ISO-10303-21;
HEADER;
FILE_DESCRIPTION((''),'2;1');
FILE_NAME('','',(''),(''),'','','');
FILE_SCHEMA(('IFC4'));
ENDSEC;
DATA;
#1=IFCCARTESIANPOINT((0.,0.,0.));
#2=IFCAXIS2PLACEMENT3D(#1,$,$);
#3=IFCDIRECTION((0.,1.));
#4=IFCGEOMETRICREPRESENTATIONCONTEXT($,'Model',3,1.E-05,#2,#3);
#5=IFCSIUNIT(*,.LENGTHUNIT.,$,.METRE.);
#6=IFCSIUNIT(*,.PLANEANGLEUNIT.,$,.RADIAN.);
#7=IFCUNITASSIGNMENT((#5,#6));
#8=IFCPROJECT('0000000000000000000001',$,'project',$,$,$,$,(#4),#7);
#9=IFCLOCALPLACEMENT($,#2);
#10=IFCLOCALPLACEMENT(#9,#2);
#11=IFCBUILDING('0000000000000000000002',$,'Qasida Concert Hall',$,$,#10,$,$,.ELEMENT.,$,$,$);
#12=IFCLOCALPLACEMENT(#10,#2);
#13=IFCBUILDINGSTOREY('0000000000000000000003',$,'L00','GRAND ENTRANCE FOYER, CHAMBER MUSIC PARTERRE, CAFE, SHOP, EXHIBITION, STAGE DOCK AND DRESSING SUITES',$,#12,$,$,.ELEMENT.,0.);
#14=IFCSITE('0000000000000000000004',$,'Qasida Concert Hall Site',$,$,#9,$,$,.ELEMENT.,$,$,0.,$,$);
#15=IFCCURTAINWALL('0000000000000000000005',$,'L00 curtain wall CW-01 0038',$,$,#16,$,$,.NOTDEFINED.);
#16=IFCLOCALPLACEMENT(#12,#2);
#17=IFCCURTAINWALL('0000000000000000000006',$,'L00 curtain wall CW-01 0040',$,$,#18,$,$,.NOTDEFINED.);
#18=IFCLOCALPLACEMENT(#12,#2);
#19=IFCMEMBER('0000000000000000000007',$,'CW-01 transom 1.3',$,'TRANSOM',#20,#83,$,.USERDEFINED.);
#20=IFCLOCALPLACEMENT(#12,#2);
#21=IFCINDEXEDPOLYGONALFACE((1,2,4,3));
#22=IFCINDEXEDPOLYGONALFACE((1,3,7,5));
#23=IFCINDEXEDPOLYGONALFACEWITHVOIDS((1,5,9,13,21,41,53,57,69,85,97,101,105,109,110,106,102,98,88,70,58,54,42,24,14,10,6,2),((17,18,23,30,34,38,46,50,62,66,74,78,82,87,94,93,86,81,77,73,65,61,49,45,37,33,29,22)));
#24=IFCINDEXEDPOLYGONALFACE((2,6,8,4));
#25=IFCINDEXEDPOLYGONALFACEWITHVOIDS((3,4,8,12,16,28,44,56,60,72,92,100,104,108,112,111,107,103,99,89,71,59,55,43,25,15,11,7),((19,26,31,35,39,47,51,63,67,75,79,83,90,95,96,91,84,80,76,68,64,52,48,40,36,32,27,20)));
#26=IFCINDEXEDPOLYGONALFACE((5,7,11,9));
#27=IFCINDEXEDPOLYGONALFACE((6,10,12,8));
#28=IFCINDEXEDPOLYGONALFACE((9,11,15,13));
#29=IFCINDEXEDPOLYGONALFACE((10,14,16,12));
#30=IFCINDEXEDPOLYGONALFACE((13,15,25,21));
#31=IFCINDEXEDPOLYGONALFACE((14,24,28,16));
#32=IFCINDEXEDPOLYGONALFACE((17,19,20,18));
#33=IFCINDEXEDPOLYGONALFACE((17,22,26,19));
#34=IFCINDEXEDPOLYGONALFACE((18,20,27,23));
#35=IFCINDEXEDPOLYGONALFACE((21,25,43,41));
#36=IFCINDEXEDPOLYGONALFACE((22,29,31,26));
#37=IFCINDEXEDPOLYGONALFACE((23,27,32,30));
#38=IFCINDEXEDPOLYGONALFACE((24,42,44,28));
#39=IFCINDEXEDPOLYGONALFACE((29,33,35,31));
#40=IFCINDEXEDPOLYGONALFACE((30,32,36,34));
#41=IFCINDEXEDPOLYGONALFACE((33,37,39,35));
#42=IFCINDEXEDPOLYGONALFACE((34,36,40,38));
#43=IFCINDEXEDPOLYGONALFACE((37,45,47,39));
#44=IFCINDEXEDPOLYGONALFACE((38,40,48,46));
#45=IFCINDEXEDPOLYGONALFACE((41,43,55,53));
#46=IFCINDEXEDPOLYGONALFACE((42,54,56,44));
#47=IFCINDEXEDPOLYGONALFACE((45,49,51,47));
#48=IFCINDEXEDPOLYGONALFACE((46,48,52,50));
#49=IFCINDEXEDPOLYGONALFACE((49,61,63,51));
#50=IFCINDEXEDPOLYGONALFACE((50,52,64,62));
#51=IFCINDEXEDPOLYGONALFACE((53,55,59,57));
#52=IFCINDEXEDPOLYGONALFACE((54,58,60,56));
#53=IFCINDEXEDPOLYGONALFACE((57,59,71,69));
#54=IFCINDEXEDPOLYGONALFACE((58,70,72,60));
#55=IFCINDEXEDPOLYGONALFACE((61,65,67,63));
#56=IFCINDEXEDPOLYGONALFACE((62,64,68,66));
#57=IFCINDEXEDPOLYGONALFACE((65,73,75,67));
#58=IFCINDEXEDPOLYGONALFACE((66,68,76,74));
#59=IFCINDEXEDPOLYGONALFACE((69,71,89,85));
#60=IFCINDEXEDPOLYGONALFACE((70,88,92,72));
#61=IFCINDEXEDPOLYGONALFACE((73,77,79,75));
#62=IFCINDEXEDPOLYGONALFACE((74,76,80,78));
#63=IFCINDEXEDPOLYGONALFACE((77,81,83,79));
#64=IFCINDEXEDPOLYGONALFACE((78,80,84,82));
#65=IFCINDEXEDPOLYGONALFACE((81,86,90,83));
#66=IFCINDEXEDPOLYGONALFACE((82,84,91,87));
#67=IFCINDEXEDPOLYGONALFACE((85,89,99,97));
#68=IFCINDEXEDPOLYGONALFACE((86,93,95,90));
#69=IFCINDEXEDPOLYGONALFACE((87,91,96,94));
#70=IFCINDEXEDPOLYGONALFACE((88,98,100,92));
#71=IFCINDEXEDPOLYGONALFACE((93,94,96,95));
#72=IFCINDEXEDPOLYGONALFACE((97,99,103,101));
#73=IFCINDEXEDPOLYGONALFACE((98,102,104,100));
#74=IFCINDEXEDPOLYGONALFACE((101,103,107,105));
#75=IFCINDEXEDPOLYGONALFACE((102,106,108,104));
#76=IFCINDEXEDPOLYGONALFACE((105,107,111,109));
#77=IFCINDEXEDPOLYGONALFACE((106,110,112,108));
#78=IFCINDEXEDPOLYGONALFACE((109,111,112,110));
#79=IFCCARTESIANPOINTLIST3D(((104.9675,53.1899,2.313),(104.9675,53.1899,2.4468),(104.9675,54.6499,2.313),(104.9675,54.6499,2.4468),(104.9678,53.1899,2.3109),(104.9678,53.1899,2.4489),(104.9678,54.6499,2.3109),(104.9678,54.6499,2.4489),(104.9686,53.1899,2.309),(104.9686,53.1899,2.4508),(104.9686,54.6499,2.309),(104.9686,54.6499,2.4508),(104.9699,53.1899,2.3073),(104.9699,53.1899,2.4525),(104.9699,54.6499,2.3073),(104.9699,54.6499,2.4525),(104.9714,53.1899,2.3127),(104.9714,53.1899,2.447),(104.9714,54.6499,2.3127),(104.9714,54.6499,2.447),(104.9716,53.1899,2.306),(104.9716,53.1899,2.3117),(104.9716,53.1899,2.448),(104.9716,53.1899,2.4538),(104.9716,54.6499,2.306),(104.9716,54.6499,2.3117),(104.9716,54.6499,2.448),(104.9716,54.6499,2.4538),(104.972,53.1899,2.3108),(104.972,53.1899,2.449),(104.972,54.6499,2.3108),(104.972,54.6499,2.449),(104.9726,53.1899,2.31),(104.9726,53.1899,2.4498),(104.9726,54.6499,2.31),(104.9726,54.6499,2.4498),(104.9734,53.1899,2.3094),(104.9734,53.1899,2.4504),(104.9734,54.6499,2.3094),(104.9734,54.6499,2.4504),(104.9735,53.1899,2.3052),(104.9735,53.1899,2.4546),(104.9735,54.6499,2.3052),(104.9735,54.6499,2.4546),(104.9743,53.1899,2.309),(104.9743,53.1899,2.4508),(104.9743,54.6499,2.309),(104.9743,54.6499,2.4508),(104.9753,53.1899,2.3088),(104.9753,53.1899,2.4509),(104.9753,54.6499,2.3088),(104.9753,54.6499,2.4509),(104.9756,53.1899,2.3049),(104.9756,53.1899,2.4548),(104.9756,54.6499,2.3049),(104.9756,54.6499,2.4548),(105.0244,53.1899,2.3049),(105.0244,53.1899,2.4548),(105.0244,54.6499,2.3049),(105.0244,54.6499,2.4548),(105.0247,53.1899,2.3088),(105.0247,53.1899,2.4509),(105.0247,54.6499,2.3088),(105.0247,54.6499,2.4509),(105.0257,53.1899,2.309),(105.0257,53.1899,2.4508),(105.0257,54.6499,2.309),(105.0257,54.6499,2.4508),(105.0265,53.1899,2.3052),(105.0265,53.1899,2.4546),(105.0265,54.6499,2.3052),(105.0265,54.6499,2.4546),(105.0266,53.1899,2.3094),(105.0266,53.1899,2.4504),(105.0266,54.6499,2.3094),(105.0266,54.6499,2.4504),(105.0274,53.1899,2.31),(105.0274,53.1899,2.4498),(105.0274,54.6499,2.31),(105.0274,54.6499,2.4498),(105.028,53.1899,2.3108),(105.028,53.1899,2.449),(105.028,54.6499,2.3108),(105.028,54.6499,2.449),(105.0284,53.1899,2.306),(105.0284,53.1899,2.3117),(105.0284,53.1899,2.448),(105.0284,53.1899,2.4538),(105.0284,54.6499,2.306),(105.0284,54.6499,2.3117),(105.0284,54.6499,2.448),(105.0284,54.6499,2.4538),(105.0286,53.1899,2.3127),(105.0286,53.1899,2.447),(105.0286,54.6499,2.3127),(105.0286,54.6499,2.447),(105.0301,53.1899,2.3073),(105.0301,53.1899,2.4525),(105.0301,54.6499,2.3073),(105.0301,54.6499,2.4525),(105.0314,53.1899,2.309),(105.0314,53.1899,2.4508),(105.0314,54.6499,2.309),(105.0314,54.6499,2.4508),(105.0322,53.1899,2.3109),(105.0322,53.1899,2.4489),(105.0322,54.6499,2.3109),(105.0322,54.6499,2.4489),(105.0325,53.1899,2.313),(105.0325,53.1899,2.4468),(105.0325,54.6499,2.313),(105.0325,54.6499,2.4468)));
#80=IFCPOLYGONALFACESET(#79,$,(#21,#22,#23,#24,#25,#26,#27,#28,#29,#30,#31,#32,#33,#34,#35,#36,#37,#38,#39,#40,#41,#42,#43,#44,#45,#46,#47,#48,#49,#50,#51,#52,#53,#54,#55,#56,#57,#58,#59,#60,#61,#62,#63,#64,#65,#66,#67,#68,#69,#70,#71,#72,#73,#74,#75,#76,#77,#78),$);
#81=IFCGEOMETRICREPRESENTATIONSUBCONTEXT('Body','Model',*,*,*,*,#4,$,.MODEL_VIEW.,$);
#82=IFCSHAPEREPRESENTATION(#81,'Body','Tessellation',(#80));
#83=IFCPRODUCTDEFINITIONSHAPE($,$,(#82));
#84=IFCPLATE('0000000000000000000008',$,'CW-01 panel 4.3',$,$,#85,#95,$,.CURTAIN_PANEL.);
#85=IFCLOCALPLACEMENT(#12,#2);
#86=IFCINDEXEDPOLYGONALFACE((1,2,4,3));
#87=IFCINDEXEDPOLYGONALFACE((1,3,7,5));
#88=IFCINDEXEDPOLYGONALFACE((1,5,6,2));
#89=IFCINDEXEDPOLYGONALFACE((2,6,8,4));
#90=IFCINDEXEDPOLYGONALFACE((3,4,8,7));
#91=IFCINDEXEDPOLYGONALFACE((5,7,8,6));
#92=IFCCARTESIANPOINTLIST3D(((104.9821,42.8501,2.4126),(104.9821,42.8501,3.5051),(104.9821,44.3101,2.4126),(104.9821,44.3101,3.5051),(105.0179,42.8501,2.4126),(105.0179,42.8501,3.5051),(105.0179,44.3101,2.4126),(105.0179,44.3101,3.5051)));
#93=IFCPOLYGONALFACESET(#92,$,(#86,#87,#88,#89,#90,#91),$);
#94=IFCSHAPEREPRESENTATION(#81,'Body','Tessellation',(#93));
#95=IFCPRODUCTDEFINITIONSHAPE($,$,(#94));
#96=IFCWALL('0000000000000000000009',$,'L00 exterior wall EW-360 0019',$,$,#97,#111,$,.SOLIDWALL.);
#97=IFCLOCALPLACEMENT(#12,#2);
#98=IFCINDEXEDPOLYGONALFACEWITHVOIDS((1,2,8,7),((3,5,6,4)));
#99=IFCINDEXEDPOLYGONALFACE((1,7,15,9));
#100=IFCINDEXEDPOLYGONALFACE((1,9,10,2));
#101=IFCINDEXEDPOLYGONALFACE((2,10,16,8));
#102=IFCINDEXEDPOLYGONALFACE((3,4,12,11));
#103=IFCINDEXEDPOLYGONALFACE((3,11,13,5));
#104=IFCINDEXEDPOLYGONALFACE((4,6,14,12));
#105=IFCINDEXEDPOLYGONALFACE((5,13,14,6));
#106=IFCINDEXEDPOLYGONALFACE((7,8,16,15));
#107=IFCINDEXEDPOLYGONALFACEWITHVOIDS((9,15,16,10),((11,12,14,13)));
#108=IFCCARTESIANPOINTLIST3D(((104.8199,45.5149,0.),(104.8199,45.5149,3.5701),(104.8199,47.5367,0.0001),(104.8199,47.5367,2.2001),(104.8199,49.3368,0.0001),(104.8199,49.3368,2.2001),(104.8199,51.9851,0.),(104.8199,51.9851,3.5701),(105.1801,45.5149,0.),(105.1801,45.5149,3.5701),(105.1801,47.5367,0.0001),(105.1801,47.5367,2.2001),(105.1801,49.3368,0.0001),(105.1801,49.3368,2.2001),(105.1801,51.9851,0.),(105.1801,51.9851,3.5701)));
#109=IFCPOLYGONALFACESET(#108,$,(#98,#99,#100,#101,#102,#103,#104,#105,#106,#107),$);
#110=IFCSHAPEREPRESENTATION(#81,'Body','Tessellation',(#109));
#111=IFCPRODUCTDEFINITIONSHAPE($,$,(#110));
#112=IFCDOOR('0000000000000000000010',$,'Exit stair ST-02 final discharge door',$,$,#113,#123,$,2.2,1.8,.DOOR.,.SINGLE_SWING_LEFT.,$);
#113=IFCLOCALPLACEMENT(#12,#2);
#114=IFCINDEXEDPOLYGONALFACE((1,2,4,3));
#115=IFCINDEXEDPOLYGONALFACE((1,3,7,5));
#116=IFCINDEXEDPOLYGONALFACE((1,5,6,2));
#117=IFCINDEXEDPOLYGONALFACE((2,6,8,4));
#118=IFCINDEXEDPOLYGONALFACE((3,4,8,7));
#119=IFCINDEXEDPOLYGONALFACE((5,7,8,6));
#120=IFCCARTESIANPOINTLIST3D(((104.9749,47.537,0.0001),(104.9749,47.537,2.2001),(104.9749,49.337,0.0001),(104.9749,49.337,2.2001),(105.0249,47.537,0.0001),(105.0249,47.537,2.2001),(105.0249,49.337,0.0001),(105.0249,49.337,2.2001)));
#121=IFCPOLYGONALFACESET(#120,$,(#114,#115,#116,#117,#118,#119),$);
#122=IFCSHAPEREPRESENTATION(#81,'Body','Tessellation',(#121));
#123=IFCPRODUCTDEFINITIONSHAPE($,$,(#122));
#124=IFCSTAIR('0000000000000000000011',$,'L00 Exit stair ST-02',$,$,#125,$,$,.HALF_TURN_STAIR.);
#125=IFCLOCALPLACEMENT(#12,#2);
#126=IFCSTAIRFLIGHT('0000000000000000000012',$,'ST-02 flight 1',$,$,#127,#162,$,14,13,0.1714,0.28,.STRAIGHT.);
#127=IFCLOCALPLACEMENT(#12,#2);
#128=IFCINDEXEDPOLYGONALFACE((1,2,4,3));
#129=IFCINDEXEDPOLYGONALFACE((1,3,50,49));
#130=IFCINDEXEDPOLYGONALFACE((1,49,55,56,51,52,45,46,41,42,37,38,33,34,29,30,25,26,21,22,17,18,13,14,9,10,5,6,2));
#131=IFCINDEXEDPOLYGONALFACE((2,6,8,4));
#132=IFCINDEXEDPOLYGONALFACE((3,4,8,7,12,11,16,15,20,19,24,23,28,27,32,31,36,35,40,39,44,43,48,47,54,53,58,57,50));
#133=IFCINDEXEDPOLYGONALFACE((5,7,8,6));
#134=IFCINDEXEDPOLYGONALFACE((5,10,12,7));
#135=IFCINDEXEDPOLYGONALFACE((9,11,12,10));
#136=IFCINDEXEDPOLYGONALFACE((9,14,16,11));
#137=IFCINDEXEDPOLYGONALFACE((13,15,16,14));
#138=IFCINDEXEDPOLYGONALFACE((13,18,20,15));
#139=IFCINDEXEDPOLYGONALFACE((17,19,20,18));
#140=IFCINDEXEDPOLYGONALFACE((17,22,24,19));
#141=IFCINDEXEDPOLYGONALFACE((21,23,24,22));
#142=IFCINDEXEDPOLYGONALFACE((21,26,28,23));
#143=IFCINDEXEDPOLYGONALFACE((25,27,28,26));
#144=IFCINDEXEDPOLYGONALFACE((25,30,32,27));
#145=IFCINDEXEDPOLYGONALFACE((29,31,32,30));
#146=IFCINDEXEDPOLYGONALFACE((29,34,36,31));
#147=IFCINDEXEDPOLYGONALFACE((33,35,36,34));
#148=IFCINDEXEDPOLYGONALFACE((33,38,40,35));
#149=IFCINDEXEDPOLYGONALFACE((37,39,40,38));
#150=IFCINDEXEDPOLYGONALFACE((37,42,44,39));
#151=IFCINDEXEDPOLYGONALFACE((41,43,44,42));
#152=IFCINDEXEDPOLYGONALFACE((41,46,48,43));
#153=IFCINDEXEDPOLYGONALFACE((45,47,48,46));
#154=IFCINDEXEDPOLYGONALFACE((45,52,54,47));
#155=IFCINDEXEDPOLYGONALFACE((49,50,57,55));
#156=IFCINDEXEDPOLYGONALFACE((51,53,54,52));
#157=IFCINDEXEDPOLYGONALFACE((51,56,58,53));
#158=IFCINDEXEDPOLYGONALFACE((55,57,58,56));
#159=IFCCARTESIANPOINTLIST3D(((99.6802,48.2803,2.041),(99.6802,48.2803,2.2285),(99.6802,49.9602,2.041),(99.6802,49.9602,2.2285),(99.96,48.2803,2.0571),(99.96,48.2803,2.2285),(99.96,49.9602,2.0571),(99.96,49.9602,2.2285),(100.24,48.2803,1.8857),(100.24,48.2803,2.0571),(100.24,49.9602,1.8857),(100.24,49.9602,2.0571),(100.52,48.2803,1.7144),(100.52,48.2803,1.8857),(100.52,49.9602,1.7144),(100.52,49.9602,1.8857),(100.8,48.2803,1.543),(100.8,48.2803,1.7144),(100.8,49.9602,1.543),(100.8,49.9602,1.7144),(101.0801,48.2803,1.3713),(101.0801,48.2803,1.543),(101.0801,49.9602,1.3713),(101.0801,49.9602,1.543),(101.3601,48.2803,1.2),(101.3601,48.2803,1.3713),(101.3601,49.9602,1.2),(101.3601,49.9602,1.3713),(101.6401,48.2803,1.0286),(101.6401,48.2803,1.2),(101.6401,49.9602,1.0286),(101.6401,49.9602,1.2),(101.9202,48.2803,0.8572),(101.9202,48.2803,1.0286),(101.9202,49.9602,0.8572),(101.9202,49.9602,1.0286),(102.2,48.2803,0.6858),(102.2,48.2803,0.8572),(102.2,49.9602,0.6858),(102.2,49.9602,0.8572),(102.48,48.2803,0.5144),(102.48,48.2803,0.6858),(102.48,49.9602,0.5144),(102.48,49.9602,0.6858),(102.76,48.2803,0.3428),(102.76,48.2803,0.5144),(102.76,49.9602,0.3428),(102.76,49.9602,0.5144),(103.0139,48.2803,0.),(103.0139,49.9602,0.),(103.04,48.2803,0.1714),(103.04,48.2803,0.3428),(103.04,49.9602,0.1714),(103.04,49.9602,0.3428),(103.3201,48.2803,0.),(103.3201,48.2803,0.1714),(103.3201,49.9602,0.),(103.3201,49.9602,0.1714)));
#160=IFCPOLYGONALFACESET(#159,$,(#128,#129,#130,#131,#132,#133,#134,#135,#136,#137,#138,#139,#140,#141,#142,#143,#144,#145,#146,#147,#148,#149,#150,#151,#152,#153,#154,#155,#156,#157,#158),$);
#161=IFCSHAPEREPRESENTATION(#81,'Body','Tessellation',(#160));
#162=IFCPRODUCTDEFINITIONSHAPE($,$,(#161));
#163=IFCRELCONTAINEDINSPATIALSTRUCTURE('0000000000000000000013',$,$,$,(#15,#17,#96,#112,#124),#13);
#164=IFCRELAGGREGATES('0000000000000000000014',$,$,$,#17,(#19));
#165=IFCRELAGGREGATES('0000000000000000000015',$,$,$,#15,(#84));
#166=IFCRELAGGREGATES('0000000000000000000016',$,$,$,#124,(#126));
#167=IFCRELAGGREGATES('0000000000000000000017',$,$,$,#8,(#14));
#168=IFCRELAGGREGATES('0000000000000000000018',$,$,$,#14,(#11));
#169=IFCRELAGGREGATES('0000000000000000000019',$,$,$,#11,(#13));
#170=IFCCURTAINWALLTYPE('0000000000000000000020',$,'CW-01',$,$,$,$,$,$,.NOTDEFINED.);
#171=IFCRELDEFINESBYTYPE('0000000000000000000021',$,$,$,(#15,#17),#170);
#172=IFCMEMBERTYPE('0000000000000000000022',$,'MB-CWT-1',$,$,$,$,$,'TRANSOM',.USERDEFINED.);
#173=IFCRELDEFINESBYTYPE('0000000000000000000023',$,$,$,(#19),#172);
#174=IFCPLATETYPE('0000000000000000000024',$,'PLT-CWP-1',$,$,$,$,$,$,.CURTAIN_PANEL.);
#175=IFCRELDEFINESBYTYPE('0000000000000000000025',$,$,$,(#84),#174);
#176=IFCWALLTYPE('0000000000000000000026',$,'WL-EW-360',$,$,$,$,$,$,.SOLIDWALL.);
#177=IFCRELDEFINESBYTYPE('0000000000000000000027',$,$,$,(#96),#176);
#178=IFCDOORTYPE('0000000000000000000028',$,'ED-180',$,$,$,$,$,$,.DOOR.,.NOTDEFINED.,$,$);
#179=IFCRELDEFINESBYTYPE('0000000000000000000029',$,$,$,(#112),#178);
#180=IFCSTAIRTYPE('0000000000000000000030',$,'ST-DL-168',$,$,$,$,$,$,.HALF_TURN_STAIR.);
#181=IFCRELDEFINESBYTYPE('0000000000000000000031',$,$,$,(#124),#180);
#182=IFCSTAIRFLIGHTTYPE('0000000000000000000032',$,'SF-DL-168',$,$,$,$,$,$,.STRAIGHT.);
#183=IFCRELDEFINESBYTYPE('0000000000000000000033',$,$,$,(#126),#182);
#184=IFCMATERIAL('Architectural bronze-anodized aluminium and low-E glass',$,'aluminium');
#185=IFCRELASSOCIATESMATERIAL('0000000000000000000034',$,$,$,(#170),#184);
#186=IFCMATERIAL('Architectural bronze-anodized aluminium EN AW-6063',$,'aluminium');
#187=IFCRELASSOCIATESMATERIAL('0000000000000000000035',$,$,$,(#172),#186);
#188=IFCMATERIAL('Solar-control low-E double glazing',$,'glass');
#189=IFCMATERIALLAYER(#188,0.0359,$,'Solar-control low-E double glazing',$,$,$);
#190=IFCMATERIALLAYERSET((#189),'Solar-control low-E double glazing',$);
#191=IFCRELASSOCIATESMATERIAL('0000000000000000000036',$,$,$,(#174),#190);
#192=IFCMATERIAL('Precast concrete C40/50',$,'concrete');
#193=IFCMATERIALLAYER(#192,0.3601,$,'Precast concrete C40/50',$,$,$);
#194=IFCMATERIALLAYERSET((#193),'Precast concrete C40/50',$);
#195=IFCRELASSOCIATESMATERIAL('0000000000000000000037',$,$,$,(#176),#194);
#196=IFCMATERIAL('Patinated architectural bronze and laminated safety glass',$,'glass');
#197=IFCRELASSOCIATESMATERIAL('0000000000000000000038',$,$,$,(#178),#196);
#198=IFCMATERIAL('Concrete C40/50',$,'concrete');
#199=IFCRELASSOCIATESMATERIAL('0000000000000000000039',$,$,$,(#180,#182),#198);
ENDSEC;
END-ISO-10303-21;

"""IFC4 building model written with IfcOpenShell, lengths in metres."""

from ifc_helpers import new_model, si_unit, direction, frame, frame_2d, origin, origin_2d, place, context, subcontext, project, spatial, polyline, rectangle, hollow_rectangle, outline, extrude, material, layer, layer_set, material_profile, profile_set, type_object, element, fill, aggregate, save


model = new_model("IFC4")

# Units and contexts
model_context = context("Model", 3, precision=1e-05, world=origin(), true_north=direction((0.0, 1.0)))
body_context = subcontext(model_context, "Body", "Model", "MODEL_VIEW")
ifc_project = project(units=[si_unit("LENGTHUNIT", "METRE"), si_unit("PLANEANGLEUNIT", "RADIAN")], contexts=[model_context])

# Site, building, storey
site_placement = place(None, origin())
site = spatial("IfcSite", under=ifc_project, at=site_placement, Name="Qasida Concert Hall Site", CompositionType="ELEMENT", RefElevation=0.0)
building_placement = place(site_placement, origin())
building = spatial("IfcBuilding", under=site, at=building_placement, Name="Qasida Concert Hall", CompositionType="ELEMENT")
storey_placement = place(building_placement, origin())
storey = spatial("IfcBuildingStorey", under=building, at=storey_placement, Name="L00", Description="GRAND ENTRANCE FOYER, CHAMBER MUSIC PARTERRE, CAFE, SHOP, EXHIBITION, STAGE DOCK AND DRESSING SUITES", CompositionType="ELEMENT", Elevation=0.0)

# Shared definitions
ifc_material_1 = material(Name="Concrete C40/50", Category="concrete")

# Curtain wall
ifc_material_2 = material(Name="Architectural bronze-anodized aluminium and low-E glass", Category="aluminium")
curtain_wall_type = type_object("IfcCurtainWallType", Name="CW-01", PredefinedType="NOTDEFINED", material=ifc_material_2)
curtain_wall_1_placement = place(storey_placement, origin())
curtain_wall_1 = element("IfcCurtainWall", 1, at=curtain_wall_1_placement, inside=storey, type_object=curtain_wall_type, Name="L00 curtain wall CW-01 0038", PredefinedType="NOTDEFINED")
ifc_material_3 = material(Name="Architectural bronze-anodized aluminium EN AW-6063", Category="aluminium")

# Curtain wall, member
curtain_wall_2_placement = place(storey_placement, origin())
curtain_wall_2 = element("IfcCurtainWall", 2, at=curtain_wall_2_placement, inside=storey, type_object=curtain_wall_type, Name="L00 curtain wall CW-01 0040", PredefinedType="NOTDEFINED")
ifc_material_profile_1 = material_profile(ifc_material_3, hollow_rectangle(XDim=0.0649, YDim=0.1499, WallThickness=0.0039, InnerFilletRadius=0.0039, OuterFilletRadius=0.0081, at=origin_2d()), Name="CWT 150x65x4")
ifc_profile_set_1 = profile_set([ifc_material_profile_1], Name="Architectural bronze-anodized aluminium EN AW-6063")
member_type_1 = type_object("IfcMemberType", Name="MB-CWT-1", ElementType="TRANSOM", PredefinedType="USERDEFINED", material=ifc_profile_set_1)
member_1_placement = place(storey_placement, frame((105.0, 53.1899, 2.3799), z_axis=(0.0, 1.0, 0.0), x_axis=(-1.0, 0.0, 0.0)))
member_1 = element("IfcMember", 3, at=member_1_placement, type_object=member_type_1, Name="CW-01 transom 1.3", ObjectType="TRANSOM", PredefinedType="USERDEFINED", context=body_context, shape_type="SweptSolid", body=[
    extrude(hollow_rectangle(XDim=0.0649, YDim=0.1499, WallThickness=0.0039, InnerFilletRadius=0.0039, OuterFilletRadius=0.0081, at=origin_2d()), origin(), (0.0, 0.0, 1.0), 1.46),
])
aggregate(curtain_wall_2, [member_1])

# Plate
ifc_material_4 = material(Name="Solar-control low-E double glazing", Category="glass")
ifc_layer_1 = layer(ifc_material_4, 0.0359, Name="Solar-control low-E double glazing")
ifc_layer_set_1 = layer_set([ifc_layer_1], Name="Solar-control low-E double glazing")
plate_type = type_object("IfcPlateType", Name="PLT-CWP-1", PredefinedType="CURTAIN_PANEL", material=ifc_layer_set_1)
plate_placement = place(storey_placement, frame((105.0, 43.5801, 2.4126), z_axis=(0.0, 0.0, 1.0), x_axis=(0.0, 1.0, 0.0)))
plate = element("IfcPlate", 4, at=plate_placement, type_object=plate_type, Name="CW-01 panel 4.3", PredefinedType="CURTAIN_PANEL", context=body_context, shape_type="SweptSolid", body=[
    extrude(rectangle(XDim=1.46, YDim=0.0359, at=origin_2d()), origin(), (0.0, 0.0, 1.0), 1.0925),
])
aggregate(curtain_wall_1, [plate])

# Wall, opening, door
ifc_material_5 = material(Name="Precast concrete C40/50", Category="concrete")
ifc_layer_2 = layer(ifc_material_5, 0.3601, Name="Precast concrete C40/50")
ifc_layer_set_2 = layer_set([ifc_layer_2], Name="Precast concrete C40/50")
wall_type = type_object("IfcWallType", Name="WL-EW-360", PredefinedType="SOLIDWALL", material=ifc_layer_set_2)
wall_placement = place(storey_placement, frame((105.0, 45.5149, 0.0), z_axis=(0.0, 0.0, 1.0), x_axis=(0.0, 1.0, 0.0)))
wall = element("IfcWall", 5, at=wall_placement, inside=storey, type_object=wall_type, Name="L00 exterior wall EW-360 0019", PredefinedType="SOLIDWALL", context=body_context, shape_type="SweptSolid", body=[
    extrude(rectangle(XDim=6.4702, YDim=0.3601, at=frame_2d((3.2351, 0.0))), origin(), (0.0, 0.0, 1.0), 3.5701),
])
opening_placement = place(wall_placement, frame((2.022, 0.0, 0.0)))
opening = element("IfcOpeningElement", 6, at=opening_placement, cuts=wall, PredefinedType="OPENING", context=body_context, shape_type="SweptSolid", body=[
    extrude(rectangle(XDim=1.8, YDim=2.2, at=frame_2d((0.8999, 1.1001))), frame((0.0, 0.1899, 0.0), z_axis=(0.0, -1.0, 0.0), x_axis=(1.0, 0.0, 0.0)), (0.0, 0.0, 1.0), 0.3801),
])
ifc_material_6 = material(Name="Patinated architectural bronze and laminated safety glass", Category="glass")
door_type = type_object("IfcDoorType", Name="ED-180", OperationType="NOTDEFINED", PredefinedType="DOOR", material=ifc_material_6)
door_placement = place(opening_placement, frame((1.8, 0.0, 0.0), z_axis=(0.0, 0.0, 1.0), x_axis=(-1.0, 0.0, 0.0)))
door = element("IfcDoor", 7, at=door_placement, inside=storey, type_object=door_type, Name="Exit stair ST-02 final discharge door", OperationType="SINGLE_SWING_LEFT", OverallHeight=2.2, OverallWidth=1.8, PredefinedType="DOOR", context=body_context, shape_type="SweptSolid", body=[
    extrude(rectangle(XDim=1.8, YDim=2.2, at=frame_2d((0.8999, 1.1001))), frame((0.0, 0.0249, 0.0), z_axis=(0.0, -1.0, 0.0), x_axis=(1.0, 0.0, 0.0)), (0.0, 0.0, 1.0), 0.05),
])
fill(opening, door)

# Stair, stair flight
stair_type = type_object("IfcStairType", Name="ST-DL-168", PredefinedType="HALF_TURN_STAIR", material=ifc_material_1)
stair_placement = place(storey_placement, origin())
stair = element("IfcStair", 8, at=stair_placement, inside=storey, type_object=stair_type, Name="L00 Exit stair ST-02", PredefinedType="HALF_TURN_STAIR")
stair_flight_type = type_object("IfcStairFlightType", Name="SF-DL-168", PredefinedType="STRAIGHT", material=ifc_material_1)
stair_flight_1_placement = place(storey_placement, frame((103.3201, 49.1201, 0.0), z_axis=(0.0, 0.0, 1.0), x_axis=(-1.0, 0.0, 0.0)))
stair_flight_1 = element("IfcStairFlight", 9, at=stair_flight_1_placement, type_object=stair_flight_type, Name="ST-02 flight 1", NumberOfRisers=14, NumberOfTreads=13, PredefinedType="STRAIGHT", RiserHeight=0.1714, TreadLength=0.28, context=body_context, shape_type="SweptSolid", body=[
    extrude(outline(polyline([(0.0, 0.0), (0.0, 0.1714), (0.28, 0.1714), (0.28, 0.3428), (0.5601, 0.3428), (0.5601, 0.5144), (0.8401, 0.5144), (0.8401, 0.6858), (1.1201, 0.6858), (1.1201, 0.8572), (1.3999, 0.8572), (1.3999, 1.0286), (1.6799, 1.0286), (1.6799, 1.2), (1.96, 1.2), (1.96, 1.3713), (2.24, 1.3713), (2.24, 1.543), (2.52, 1.543), (2.52, 1.7144), (2.8, 1.7144), (2.8, 1.8857), (3.0801, 1.8857), (3.0801, 2.0571), (3.3601, 2.0571), (3.3601, 2.2285), (3.6399, 2.2285), (3.6399, 2.3999), (3.6399, 2.041), (0.3062, 0.0), (0.0, 0.0)])), frame((0.0, 0.8398, 0.0), z_axis=(0.0, -1.0, 0.0), x_axis=(1.0, 0.0, 0.0)), (0.0, 0.0, 1.0), 1.6799),
])
aggregate(stair, [stair_flight_1])

save(model, "model.ifc")
